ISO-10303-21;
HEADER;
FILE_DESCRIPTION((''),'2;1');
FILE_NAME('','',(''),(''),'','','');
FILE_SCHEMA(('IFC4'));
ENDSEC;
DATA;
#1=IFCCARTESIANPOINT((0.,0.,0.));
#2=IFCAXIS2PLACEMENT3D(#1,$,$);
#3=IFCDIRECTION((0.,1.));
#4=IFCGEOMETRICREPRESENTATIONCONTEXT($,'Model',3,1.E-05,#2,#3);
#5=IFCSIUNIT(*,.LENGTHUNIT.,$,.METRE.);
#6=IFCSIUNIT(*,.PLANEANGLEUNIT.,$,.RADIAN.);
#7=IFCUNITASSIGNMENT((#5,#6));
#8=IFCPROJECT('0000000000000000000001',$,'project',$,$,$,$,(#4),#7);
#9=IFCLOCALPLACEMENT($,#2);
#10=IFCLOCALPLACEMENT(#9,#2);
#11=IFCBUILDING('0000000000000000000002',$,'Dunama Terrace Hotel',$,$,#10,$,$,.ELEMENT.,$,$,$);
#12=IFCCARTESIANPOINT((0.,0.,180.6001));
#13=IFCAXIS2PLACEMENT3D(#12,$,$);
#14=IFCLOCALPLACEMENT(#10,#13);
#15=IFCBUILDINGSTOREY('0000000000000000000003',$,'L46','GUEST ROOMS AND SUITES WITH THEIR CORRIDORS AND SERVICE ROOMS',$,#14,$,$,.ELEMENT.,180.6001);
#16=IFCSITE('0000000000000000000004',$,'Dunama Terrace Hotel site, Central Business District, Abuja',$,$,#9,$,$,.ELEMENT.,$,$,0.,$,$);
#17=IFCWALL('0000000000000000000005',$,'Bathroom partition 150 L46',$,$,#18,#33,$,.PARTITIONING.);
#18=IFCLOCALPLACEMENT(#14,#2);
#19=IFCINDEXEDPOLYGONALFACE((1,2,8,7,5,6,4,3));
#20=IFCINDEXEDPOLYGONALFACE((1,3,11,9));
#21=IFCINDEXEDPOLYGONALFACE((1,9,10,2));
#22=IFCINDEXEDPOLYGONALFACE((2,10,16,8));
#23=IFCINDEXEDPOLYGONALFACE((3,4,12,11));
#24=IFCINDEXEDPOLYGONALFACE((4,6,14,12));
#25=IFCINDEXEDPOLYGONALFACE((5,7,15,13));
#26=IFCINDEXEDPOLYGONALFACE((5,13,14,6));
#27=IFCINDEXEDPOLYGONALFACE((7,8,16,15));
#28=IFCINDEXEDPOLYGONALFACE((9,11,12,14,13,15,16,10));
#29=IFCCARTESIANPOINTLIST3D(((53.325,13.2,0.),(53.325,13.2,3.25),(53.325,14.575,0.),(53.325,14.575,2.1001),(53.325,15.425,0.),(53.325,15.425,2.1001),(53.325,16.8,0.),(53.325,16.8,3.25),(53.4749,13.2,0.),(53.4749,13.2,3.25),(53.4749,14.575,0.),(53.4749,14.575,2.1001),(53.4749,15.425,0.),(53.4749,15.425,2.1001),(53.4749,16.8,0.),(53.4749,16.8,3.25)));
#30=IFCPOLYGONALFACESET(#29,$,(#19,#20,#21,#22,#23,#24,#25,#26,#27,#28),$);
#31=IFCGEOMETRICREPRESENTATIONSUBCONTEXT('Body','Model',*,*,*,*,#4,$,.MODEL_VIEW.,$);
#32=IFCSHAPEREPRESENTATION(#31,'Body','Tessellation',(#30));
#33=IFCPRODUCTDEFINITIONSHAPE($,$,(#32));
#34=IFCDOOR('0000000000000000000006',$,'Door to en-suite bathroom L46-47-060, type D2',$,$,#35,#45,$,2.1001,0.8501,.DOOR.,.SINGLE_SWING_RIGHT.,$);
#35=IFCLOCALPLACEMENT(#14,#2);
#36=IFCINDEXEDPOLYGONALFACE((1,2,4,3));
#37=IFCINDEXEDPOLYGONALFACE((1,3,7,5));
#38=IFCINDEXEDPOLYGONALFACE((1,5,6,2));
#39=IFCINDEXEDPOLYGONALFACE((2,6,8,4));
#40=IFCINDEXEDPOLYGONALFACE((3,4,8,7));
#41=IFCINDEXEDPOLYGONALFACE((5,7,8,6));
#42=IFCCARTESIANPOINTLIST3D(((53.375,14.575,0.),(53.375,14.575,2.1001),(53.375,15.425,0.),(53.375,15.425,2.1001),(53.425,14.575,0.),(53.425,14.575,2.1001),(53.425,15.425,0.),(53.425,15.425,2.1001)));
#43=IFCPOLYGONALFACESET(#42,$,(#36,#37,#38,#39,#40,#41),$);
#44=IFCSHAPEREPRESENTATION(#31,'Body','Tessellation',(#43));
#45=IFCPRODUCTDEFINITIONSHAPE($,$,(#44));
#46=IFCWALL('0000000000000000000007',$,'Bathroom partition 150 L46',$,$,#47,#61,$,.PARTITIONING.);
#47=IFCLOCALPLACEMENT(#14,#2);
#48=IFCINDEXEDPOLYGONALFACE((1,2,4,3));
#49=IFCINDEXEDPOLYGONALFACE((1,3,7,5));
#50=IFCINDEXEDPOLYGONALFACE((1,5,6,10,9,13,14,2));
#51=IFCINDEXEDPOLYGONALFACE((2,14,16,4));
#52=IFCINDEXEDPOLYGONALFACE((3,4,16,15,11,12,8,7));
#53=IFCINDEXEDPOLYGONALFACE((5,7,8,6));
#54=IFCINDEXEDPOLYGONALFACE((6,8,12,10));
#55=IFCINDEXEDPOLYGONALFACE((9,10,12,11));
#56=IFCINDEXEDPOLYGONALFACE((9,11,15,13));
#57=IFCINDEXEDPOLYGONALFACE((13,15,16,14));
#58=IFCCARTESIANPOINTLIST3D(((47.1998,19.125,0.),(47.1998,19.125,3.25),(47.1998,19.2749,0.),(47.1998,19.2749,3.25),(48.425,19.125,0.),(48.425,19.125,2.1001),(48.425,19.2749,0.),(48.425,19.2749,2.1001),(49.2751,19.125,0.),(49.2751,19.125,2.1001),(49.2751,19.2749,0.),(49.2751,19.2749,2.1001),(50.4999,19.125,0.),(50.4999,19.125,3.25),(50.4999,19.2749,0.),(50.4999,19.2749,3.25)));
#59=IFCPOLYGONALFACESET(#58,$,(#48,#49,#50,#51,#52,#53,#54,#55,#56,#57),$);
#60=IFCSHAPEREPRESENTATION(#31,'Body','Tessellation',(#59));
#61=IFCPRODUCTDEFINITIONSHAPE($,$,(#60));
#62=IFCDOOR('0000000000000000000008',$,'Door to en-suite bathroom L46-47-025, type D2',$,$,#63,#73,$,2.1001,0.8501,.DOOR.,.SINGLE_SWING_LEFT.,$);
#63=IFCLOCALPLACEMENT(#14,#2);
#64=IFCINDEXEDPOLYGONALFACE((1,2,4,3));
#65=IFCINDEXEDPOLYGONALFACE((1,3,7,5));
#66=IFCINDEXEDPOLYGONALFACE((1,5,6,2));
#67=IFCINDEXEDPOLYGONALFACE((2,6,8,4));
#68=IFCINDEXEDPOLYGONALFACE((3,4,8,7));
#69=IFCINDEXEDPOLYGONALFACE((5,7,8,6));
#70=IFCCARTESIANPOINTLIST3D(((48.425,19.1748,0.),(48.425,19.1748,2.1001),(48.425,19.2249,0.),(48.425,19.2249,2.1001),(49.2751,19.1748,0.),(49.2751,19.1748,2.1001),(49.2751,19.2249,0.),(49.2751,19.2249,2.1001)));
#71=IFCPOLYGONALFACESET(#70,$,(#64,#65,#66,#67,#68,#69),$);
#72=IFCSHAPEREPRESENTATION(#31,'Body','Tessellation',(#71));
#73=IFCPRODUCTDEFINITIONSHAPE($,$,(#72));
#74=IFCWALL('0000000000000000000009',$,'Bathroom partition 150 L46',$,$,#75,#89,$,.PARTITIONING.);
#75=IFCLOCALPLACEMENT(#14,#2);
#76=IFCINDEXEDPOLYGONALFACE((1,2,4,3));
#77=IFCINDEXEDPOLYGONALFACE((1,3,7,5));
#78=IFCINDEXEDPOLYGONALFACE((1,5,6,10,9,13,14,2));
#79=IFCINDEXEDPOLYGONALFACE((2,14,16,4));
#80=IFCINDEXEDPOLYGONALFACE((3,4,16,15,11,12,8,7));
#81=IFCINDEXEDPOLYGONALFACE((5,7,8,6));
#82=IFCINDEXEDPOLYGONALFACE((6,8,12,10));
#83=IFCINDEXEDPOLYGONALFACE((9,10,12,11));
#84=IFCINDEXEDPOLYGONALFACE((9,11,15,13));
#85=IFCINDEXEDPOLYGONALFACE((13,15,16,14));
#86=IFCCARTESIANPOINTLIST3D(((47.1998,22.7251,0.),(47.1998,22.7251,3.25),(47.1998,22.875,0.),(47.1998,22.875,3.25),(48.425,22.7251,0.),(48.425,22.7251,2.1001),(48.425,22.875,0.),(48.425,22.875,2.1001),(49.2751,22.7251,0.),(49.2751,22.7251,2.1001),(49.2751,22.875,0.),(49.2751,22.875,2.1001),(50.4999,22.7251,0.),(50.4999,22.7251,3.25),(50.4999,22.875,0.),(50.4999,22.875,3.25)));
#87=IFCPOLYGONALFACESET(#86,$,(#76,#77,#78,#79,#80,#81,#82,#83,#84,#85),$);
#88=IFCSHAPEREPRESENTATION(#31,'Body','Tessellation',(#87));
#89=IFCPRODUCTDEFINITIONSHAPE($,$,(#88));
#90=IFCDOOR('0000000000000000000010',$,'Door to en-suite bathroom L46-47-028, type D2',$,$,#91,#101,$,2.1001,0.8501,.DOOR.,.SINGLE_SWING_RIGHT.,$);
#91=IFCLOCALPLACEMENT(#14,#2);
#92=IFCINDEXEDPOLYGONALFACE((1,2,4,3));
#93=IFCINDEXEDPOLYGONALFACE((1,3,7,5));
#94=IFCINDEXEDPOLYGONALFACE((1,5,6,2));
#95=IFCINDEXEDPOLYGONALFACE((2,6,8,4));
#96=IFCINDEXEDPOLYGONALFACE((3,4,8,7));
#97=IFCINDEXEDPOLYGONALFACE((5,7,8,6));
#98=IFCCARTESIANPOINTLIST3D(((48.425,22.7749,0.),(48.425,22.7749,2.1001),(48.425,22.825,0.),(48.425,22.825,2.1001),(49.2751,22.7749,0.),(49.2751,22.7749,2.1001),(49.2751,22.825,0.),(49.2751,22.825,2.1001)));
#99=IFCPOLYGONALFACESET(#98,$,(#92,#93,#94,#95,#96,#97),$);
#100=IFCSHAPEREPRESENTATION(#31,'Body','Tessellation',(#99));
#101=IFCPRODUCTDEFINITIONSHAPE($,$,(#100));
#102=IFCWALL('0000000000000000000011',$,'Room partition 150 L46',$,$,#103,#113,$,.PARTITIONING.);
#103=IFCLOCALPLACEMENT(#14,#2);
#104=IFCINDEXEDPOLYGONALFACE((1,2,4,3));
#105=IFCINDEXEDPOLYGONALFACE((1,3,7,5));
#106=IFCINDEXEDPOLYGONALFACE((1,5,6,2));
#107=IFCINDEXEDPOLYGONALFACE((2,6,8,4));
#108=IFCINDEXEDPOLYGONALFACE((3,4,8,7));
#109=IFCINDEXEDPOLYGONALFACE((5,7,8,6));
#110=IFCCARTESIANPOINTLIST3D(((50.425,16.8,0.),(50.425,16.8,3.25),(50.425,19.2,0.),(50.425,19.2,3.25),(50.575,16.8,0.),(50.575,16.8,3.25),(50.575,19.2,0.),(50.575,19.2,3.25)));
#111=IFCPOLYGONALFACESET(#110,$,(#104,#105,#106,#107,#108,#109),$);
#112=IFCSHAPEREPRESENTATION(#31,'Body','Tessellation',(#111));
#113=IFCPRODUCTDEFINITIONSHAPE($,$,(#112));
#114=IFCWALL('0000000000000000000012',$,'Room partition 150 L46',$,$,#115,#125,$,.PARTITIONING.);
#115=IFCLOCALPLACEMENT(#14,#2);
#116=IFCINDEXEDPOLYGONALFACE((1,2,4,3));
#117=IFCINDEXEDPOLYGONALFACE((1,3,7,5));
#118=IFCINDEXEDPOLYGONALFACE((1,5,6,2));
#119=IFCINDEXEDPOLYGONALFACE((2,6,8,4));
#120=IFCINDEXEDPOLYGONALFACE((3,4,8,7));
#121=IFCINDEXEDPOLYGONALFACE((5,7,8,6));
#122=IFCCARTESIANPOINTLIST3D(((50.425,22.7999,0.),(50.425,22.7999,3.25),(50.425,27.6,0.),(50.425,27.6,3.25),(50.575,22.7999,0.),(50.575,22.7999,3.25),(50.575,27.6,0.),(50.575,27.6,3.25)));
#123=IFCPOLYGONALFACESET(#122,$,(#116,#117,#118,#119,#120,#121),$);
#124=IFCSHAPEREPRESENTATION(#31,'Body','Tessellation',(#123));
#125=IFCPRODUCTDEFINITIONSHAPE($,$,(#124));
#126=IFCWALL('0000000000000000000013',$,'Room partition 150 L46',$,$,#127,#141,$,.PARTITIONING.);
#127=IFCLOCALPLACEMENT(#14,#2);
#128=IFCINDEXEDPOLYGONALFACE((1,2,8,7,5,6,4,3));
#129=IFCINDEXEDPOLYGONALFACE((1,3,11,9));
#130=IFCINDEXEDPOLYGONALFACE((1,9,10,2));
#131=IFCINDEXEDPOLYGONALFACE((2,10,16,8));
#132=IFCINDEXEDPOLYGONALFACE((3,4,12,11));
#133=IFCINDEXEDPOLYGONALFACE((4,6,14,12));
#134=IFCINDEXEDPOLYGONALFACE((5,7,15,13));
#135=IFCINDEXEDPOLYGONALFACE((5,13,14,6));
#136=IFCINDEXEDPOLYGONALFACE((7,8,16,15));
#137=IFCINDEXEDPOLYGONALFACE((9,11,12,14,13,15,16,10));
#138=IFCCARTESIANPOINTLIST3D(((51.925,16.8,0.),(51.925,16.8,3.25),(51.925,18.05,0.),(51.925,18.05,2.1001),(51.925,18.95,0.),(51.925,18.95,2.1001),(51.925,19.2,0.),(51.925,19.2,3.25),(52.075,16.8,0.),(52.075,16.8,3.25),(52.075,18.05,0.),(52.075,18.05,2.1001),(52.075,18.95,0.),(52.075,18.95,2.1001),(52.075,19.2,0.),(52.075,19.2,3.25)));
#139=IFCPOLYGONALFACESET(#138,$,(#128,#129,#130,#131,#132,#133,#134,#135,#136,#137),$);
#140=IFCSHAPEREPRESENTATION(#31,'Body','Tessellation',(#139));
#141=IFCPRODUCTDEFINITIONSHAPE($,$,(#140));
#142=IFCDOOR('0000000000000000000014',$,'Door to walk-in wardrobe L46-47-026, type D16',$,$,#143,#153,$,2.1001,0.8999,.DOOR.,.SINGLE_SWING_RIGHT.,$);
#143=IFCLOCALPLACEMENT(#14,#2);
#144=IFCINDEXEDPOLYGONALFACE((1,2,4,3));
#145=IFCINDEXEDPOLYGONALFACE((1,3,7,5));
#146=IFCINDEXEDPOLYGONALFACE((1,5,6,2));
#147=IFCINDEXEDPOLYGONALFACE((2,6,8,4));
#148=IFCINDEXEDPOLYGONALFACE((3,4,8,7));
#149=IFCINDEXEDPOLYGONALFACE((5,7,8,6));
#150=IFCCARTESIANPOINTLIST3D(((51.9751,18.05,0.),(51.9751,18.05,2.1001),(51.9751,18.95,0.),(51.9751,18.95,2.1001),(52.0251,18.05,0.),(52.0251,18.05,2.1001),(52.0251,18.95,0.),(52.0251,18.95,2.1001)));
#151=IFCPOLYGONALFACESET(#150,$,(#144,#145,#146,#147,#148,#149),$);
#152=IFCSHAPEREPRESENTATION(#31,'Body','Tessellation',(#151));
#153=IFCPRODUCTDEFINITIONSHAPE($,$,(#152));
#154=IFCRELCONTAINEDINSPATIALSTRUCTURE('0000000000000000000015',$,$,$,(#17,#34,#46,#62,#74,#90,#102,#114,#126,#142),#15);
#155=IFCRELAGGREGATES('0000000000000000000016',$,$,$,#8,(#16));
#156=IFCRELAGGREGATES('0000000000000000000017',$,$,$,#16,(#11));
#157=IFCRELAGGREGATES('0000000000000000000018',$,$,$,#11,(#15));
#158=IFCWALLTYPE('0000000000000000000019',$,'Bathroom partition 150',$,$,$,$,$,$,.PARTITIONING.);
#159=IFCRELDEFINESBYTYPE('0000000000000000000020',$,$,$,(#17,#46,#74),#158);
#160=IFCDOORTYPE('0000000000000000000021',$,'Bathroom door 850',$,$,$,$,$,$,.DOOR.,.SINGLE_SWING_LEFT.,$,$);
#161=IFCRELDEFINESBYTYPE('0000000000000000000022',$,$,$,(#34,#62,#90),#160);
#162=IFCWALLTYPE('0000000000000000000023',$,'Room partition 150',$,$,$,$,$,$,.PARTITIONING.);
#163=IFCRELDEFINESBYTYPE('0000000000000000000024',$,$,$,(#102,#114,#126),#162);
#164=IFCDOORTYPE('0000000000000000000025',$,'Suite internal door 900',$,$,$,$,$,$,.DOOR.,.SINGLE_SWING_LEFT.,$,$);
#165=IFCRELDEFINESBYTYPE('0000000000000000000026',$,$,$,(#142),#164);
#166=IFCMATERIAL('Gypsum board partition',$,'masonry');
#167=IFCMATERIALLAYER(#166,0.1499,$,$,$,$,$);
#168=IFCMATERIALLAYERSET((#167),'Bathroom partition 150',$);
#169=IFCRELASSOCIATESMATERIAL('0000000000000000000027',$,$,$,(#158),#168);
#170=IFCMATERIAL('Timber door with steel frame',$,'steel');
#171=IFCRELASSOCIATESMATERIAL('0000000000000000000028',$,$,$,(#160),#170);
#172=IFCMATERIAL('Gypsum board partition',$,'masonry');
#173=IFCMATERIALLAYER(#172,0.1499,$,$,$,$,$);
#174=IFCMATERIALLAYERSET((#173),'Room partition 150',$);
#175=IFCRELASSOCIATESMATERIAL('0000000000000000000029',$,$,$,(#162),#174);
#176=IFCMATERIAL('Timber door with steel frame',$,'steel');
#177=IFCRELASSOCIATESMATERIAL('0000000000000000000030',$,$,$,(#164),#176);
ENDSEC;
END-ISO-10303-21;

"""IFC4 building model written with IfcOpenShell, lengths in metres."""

from ifc_helpers import new_model, si_unit, direction, frame, frame_2d, origin, place, context, subcontext, project, spatial, rectangle, extrude, material, layer, layer_set, type_object, element, fill, save


model = new_model("IFC4")

# Units and contexts
model_context = context("Model", 3, precision=1e-05, world=origin(), true_north=direction((0.0, 1.0)))
body_context = subcontext(model_context, "Body", "Model", "MODEL_VIEW")
ifc_project = project(units=[si_unit("LENGTHUNIT", "METRE"), si_unit("PLANEANGLEUNIT", "RADIAN")], contexts=[model_context])

# Site, building, storey
site_placement = place(None, origin())
site = spatial("IfcSite", under=ifc_project, at=site_placement, Name="Dunama Terrace Hotel site, Central Business District, Abuja", CompositionType="ELEMENT", RefElevation=0.0)
building_placement = place(site_placement, origin())
building = spatial("IfcBuilding", under=site, at=building_placement, Name="Dunama Terrace Hotel", CompositionType="ELEMENT")
storey_placement = place(building_placement, frame((0.0, 0.0, 180.6001)))
storey = spatial("IfcBuildingStorey", under=building, at=storey_placement, Name="L46", Description="GUEST ROOMS AND SUITES WITH THEIR CORRIDORS AND SERVICE ROOMS", CompositionType="ELEMENT", Elevation=180.6001)

# Shared definitions
ifc_material_1 = material(Name="Gypsum board partition", Category="masonry")
ifc_layer_1 = layer(ifc_material_1, 0.1499)
ifc_layer_set_1 = layer_set([ifc_layer_1], Name="Bathroom partition 150")
wall_type_1 = type_object("IfcWallType", Name="Bathroom partition 150", PredefinedType="PARTITIONING", material=ifc_layer_set_1)

# Walls, openings, doors
wall_1_placement = place(storey_placement, frame((53.3999, 13.2, 0.0), z_axis=(0.0, 0.0, 1.0), x_axis=(0.0, 1.0, 0.0)))
wall_1 = element("IfcWall", 1, at=wall_1_placement, inside=storey, type_object=wall_type_1, Name="Bathroom partition 150 L46", PredefinedType="PARTITIONING", context=body_context, shape_type="SweptSolid", body=[
    extrude(rectangle(XDim=3.6001, YDim=0.1499, at=frame_2d((1.8, 0.0))), origin(), (0.0, 0.0, 1.0), 3.25),
])
opening_1_placement = place(wall_1_placement, frame((1.375, 0.0, 0.0)))
opening_1 = element("IfcOpeningElement", 2, at=opening_1_placement, cuts=wall_1, PredefinedType="OPENING", context=body_context, shape_type="SweptSolid", body=[
    extrude(rectangle(XDim=0.8501, YDim=2.1001, at=frame_2d((0.425, 1.05))), frame((0.0, 0.085, 0.0), z_axis=(0.0, -1.0, 0.0), x_axis=(1.0, 0.0, 0.0)), (0.0, 0.0, 1.0), 0.1699),
])
ifc_material_2 = material(Name="Timber door with steel frame", Category="steel")
door_type_1 = type_object("IfcDoorType", Name="Bathroom door 850", OperationType="SINGLE_SWING_LEFT", PredefinedType="DOOR", material=ifc_material_2)
door_1_placement = place(opening_1_placement, origin())
door_1 = element("IfcDoor", 3, at=door_1_placement, inside=storey, type_object=door_type_1, Name="Door to en-suite bathroom L46-47-060, type D2", OperationType="SINGLE_SWING_RIGHT", OverallHeight=2.1001, OverallWidth=0.8501, PredefinedType="DOOR", context=body_context, shape_type="SweptSolid", body=[
    extrude(rectangle(XDim=0.8501, YDim=2.1001, at=frame_2d((0.425, 1.05))), frame((0.0, 0.0249, 0.0), z_axis=(0.0, -1.0, 0.0), x_axis=(1.0, 0.0, 0.0)), (0.0, 0.0, 1.0), 0.05),
])
fill(opening_1, door_1)
wall_2_placement = place(storey_placement, frame((47.2, 19.2, 0.0), z_axis=(0.0, 0.0, 1.0), x_axis=(1.0, 0.0, 0.0)))
wall_2 = element("IfcWall", 4, at=wall_2_placement, inside=storey, type_object=wall_type_1, Name="Bathroom partition 150 L46", PredefinedType="PARTITIONING", context=body_context, shape_type="SweptSolid", body=[
    extrude(rectangle(XDim=3.3, YDim=0.1499, at=frame_2d((1.6499, 0.0))), origin(), (0.0, 0.0, 1.0), 3.25),
])
opening_2_placement = place(wall_2_placement, frame((1.2251, 0.0, 0.0)))
opening_2 = element("IfcOpeningElement", 5, at=opening_2_placement, cuts=wall_2, PredefinedType="OPENING", context=body_context, shape_type="SweptSolid", body=[
    extrude(rectangle(XDim=0.8501, YDim=2.1001, at=frame_2d((0.425, 1.05))), frame((0.0, 0.085, 0.0), z_axis=(0.0, -1.0, 0.0), x_axis=(1.0, 0.0, 0.0)), (0.0, 0.0, 1.0), 0.1699),
])
door_2_placement = place(opening_2_placement, frame((0.8501, 0.0, 0.0), z_axis=(0.0, 0.0, 1.0), x_axis=(-1.0, 0.0, 0.0)))
door_2 = element("IfcDoor", 6, at=door_2_placement, inside=storey, type_object=door_type_1, Name="Door to en-suite bathroom L46-47-025, type D2", OperationType="SINGLE_SWING_LEFT", OverallHeight=2.1001, OverallWidth=0.8501, PredefinedType="DOOR", context=body_context, shape_type="SweptSolid", body=[
    extrude(rectangle(XDim=0.8501, YDim=2.1001, at=frame_2d((0.425, 1.05))), frame((0.0, 0.0251, 0.0), z_axis=(0.0, -1.0, 0.0), x_axis=(1.0, 0.0, 0.0)), (0.0, 0.0, 1.0), 0.05),
])
fill(opening_2, door_2)
wall_3_placement = place(storey_placement, frame((47.2, 22.8, 0.0), z_axis=(0.0, 0.0, 1.0), x_axis=(1.0, 0.0, 0.0)))
wall_3 = element("IfcWall", 7, at=wall_3_placement, inside=storey, type_object=wall_type_1, Name="Bathroom partition 150 L46", PredefinedType="PARTITIONING", context=body_context, shape_type="SweptSolid", body=[
    extrude(rectangle(XDim=3.3, YDim=0.1499, at=frame_2d((1.6499, 0.0))), origin(), (0.0, 0.0, 1.0), 3.25),
])
opening_3_placement = place(wall_3_placement, frame((1.2251, 0.0, 0.0)))
opening_3 = element("IfcOpeningElement", 8, at=opening_3_placement, cuts=wall_3, PredefinedType="OPENING", context=body_context, shape_type="SweptSolid", body=[
    extrude(rectangle(XDim=0.8501, YDim=2.1001, at=frame_2d((0.425, 1.05))), frame((0.0, 0.085, 0.0), z_axis=(0.0, -1.0, 0.0), x_axis=(1.0, 0.0, 0.0)), (0.0, 0.0, 1.0), 0.1699),
])
door_3_placement = place(opening_3_placement, origin())
door_3 = element("IfcDoor", 9, at=door_3_placement, inside=storey, type_object=door_type_1, Name="Door to en-suite bathroom L46-47-028, type D2", OperationType="SINGLE_SWING_RIGHT", OverallHeight=2.1001, OverallWidth=0.8501, PredefinedType="DOOR", context=body_context, shape_type="SweptSolid", body=[
    extrude(rectangle(XDim=0.8501, YDim=2.1001, at=frame_2d((0.425, 1.05))), frame((0.0, 0.0249, 0.0), z_axis=(0.0, -1.0, 0.0), x_axis=(1.0, 0.0, 0.0)), (0.0, 0.0, 1.0), 0.05),
])
fill(opening_3, door_3)

# Walls
ifc_material_3 = material(Name="Gypsum board partition", Category="masonry")
ifc_layer_2 = layer(ifc_material_3, 0.1499)
ifc_layer_set_2 = layer_set([ifc_layer_2], Name="Room partition 150")
wall_type_2 = type_object("IfcWallType", Name="Room partition 150", PredefinedType="PARTITIONING", material=ifc_layer_set_2)
wall_4_placement = place(storey_placement, frame((50.5, 16.8, 0.0), z_axis=(0.0, 0.0, 1.0), x_axis=(0.0, 1.0, 0.0)))
element("IfcWall", 10, at=wall_4_placement, inside=storey, type_object=wall_type_2, Name="Room partition 150 L46", PredefinedType="PARTITIONING", context=body_context, shape_type="SweptSolid", body=[
    extrude(rectangle(XDim=2.3999, YDim=0.1499, at=frame_2d((1.2, 0.0))), origin(), (0.0, 0.0, 1.0), 3.25),
])
wall_5_placement = place(storey_placement, frame((50.5, 22.8, 0.0), z_axis=(0.0, 0.0, 1.0), x_axis=(0.0, 1.0, 0.0)))
element("IfcWall", 11, at=wall_5_placement, inside=storey, type_object=wall_type_2, Name="Room partition 150 L46", PredefinedType="PARTITIONING", context=body_context, shape_type="SweptSolid", body=[
    extrude(rectangle(XDim=4.8, YDim=0.1499, at=frame_2d((2.3999, 0.0))), origin(), (0.0, 0.0, 1.0), 3.25),
])

# Wall, opening, door
wall_6_placement = place(storey_placement, frame((52.0, 16.8, 0.0), z_axis=(0.0, 0.0, 1.0), x_axis=(0.0, 1.0, 0.0)))
wall_6 = element("IfcWall", 12, at=wall_6_placement, inside=storey, type_object=wall_type_2, Name="Room partition 150 L46", PredefinedType="PARTITIONING", context=body_context, shape_type="SweptSolid", body=[
    extrude(rectangle(XDim=2.3999, YDim=0.1499, at=frame_2d((1.2, 0.0))), origin(), (0.0, 0.0, 1.0), 3.25),
])
opening_4_placement = place(wall_6_placement, frame((1.25, 0.0, 0.0)))
opening_4 = element("IfcOpeningElement", 13, at=opening_4_placement, cuts=wall_6, PredefinedType="OPENING", context=body_context, shape_type="SweptSolid", body=[
    extrude(rectangle(XDim=0.8999, YDim=2.1001, at=frame_2d((0.45, 1.05))), frame((0.0, 0.085, 0.0), z_axis=(0.0, -1.0, 0.0), x_axis=(1.0, 0.0, 0.0)), (0.0, 0.0, 1.0), 0.1699),
])
ifc_material_4 = material(Name="Timber door with steel frame", Category="steel")
door_type_2 = type_object("IfcDoorType", Name="Suite internal door 900", OperationType="SINGLE_SWING_LEFT", PredefinedType="DOOR", material=ifc_material_4)
door_4_placement = place(opening_4_placement, origin())
door_4 = element("IfcDoor", 14, at=door_4_placement, inside=storey, type_object=door_type_2, Name="Door to walk-in wardrobe L46-47-026, type D16", OperationType="SINGLE_SWING_RIGHT", OverallHeight=2.1001, OverallWidth=0.8999, PredefinedType="DOOR", context=body_context, shape_type="SweptSolid", body=[
    extrude(rectangle(XDim=0.8999, YDim=2.1001, at=frame_2d((0.45, 1.05))), frame((0.0, 0.0249, 0.0), z_axis=(0.0, -1.0, 0.0), x_axis=(1.0, 0.0, 0.0)), (0.0, 0.0, 1.0), 0.05),
])
fill(opening_4, door_4)

save(model, "model.ifc")
